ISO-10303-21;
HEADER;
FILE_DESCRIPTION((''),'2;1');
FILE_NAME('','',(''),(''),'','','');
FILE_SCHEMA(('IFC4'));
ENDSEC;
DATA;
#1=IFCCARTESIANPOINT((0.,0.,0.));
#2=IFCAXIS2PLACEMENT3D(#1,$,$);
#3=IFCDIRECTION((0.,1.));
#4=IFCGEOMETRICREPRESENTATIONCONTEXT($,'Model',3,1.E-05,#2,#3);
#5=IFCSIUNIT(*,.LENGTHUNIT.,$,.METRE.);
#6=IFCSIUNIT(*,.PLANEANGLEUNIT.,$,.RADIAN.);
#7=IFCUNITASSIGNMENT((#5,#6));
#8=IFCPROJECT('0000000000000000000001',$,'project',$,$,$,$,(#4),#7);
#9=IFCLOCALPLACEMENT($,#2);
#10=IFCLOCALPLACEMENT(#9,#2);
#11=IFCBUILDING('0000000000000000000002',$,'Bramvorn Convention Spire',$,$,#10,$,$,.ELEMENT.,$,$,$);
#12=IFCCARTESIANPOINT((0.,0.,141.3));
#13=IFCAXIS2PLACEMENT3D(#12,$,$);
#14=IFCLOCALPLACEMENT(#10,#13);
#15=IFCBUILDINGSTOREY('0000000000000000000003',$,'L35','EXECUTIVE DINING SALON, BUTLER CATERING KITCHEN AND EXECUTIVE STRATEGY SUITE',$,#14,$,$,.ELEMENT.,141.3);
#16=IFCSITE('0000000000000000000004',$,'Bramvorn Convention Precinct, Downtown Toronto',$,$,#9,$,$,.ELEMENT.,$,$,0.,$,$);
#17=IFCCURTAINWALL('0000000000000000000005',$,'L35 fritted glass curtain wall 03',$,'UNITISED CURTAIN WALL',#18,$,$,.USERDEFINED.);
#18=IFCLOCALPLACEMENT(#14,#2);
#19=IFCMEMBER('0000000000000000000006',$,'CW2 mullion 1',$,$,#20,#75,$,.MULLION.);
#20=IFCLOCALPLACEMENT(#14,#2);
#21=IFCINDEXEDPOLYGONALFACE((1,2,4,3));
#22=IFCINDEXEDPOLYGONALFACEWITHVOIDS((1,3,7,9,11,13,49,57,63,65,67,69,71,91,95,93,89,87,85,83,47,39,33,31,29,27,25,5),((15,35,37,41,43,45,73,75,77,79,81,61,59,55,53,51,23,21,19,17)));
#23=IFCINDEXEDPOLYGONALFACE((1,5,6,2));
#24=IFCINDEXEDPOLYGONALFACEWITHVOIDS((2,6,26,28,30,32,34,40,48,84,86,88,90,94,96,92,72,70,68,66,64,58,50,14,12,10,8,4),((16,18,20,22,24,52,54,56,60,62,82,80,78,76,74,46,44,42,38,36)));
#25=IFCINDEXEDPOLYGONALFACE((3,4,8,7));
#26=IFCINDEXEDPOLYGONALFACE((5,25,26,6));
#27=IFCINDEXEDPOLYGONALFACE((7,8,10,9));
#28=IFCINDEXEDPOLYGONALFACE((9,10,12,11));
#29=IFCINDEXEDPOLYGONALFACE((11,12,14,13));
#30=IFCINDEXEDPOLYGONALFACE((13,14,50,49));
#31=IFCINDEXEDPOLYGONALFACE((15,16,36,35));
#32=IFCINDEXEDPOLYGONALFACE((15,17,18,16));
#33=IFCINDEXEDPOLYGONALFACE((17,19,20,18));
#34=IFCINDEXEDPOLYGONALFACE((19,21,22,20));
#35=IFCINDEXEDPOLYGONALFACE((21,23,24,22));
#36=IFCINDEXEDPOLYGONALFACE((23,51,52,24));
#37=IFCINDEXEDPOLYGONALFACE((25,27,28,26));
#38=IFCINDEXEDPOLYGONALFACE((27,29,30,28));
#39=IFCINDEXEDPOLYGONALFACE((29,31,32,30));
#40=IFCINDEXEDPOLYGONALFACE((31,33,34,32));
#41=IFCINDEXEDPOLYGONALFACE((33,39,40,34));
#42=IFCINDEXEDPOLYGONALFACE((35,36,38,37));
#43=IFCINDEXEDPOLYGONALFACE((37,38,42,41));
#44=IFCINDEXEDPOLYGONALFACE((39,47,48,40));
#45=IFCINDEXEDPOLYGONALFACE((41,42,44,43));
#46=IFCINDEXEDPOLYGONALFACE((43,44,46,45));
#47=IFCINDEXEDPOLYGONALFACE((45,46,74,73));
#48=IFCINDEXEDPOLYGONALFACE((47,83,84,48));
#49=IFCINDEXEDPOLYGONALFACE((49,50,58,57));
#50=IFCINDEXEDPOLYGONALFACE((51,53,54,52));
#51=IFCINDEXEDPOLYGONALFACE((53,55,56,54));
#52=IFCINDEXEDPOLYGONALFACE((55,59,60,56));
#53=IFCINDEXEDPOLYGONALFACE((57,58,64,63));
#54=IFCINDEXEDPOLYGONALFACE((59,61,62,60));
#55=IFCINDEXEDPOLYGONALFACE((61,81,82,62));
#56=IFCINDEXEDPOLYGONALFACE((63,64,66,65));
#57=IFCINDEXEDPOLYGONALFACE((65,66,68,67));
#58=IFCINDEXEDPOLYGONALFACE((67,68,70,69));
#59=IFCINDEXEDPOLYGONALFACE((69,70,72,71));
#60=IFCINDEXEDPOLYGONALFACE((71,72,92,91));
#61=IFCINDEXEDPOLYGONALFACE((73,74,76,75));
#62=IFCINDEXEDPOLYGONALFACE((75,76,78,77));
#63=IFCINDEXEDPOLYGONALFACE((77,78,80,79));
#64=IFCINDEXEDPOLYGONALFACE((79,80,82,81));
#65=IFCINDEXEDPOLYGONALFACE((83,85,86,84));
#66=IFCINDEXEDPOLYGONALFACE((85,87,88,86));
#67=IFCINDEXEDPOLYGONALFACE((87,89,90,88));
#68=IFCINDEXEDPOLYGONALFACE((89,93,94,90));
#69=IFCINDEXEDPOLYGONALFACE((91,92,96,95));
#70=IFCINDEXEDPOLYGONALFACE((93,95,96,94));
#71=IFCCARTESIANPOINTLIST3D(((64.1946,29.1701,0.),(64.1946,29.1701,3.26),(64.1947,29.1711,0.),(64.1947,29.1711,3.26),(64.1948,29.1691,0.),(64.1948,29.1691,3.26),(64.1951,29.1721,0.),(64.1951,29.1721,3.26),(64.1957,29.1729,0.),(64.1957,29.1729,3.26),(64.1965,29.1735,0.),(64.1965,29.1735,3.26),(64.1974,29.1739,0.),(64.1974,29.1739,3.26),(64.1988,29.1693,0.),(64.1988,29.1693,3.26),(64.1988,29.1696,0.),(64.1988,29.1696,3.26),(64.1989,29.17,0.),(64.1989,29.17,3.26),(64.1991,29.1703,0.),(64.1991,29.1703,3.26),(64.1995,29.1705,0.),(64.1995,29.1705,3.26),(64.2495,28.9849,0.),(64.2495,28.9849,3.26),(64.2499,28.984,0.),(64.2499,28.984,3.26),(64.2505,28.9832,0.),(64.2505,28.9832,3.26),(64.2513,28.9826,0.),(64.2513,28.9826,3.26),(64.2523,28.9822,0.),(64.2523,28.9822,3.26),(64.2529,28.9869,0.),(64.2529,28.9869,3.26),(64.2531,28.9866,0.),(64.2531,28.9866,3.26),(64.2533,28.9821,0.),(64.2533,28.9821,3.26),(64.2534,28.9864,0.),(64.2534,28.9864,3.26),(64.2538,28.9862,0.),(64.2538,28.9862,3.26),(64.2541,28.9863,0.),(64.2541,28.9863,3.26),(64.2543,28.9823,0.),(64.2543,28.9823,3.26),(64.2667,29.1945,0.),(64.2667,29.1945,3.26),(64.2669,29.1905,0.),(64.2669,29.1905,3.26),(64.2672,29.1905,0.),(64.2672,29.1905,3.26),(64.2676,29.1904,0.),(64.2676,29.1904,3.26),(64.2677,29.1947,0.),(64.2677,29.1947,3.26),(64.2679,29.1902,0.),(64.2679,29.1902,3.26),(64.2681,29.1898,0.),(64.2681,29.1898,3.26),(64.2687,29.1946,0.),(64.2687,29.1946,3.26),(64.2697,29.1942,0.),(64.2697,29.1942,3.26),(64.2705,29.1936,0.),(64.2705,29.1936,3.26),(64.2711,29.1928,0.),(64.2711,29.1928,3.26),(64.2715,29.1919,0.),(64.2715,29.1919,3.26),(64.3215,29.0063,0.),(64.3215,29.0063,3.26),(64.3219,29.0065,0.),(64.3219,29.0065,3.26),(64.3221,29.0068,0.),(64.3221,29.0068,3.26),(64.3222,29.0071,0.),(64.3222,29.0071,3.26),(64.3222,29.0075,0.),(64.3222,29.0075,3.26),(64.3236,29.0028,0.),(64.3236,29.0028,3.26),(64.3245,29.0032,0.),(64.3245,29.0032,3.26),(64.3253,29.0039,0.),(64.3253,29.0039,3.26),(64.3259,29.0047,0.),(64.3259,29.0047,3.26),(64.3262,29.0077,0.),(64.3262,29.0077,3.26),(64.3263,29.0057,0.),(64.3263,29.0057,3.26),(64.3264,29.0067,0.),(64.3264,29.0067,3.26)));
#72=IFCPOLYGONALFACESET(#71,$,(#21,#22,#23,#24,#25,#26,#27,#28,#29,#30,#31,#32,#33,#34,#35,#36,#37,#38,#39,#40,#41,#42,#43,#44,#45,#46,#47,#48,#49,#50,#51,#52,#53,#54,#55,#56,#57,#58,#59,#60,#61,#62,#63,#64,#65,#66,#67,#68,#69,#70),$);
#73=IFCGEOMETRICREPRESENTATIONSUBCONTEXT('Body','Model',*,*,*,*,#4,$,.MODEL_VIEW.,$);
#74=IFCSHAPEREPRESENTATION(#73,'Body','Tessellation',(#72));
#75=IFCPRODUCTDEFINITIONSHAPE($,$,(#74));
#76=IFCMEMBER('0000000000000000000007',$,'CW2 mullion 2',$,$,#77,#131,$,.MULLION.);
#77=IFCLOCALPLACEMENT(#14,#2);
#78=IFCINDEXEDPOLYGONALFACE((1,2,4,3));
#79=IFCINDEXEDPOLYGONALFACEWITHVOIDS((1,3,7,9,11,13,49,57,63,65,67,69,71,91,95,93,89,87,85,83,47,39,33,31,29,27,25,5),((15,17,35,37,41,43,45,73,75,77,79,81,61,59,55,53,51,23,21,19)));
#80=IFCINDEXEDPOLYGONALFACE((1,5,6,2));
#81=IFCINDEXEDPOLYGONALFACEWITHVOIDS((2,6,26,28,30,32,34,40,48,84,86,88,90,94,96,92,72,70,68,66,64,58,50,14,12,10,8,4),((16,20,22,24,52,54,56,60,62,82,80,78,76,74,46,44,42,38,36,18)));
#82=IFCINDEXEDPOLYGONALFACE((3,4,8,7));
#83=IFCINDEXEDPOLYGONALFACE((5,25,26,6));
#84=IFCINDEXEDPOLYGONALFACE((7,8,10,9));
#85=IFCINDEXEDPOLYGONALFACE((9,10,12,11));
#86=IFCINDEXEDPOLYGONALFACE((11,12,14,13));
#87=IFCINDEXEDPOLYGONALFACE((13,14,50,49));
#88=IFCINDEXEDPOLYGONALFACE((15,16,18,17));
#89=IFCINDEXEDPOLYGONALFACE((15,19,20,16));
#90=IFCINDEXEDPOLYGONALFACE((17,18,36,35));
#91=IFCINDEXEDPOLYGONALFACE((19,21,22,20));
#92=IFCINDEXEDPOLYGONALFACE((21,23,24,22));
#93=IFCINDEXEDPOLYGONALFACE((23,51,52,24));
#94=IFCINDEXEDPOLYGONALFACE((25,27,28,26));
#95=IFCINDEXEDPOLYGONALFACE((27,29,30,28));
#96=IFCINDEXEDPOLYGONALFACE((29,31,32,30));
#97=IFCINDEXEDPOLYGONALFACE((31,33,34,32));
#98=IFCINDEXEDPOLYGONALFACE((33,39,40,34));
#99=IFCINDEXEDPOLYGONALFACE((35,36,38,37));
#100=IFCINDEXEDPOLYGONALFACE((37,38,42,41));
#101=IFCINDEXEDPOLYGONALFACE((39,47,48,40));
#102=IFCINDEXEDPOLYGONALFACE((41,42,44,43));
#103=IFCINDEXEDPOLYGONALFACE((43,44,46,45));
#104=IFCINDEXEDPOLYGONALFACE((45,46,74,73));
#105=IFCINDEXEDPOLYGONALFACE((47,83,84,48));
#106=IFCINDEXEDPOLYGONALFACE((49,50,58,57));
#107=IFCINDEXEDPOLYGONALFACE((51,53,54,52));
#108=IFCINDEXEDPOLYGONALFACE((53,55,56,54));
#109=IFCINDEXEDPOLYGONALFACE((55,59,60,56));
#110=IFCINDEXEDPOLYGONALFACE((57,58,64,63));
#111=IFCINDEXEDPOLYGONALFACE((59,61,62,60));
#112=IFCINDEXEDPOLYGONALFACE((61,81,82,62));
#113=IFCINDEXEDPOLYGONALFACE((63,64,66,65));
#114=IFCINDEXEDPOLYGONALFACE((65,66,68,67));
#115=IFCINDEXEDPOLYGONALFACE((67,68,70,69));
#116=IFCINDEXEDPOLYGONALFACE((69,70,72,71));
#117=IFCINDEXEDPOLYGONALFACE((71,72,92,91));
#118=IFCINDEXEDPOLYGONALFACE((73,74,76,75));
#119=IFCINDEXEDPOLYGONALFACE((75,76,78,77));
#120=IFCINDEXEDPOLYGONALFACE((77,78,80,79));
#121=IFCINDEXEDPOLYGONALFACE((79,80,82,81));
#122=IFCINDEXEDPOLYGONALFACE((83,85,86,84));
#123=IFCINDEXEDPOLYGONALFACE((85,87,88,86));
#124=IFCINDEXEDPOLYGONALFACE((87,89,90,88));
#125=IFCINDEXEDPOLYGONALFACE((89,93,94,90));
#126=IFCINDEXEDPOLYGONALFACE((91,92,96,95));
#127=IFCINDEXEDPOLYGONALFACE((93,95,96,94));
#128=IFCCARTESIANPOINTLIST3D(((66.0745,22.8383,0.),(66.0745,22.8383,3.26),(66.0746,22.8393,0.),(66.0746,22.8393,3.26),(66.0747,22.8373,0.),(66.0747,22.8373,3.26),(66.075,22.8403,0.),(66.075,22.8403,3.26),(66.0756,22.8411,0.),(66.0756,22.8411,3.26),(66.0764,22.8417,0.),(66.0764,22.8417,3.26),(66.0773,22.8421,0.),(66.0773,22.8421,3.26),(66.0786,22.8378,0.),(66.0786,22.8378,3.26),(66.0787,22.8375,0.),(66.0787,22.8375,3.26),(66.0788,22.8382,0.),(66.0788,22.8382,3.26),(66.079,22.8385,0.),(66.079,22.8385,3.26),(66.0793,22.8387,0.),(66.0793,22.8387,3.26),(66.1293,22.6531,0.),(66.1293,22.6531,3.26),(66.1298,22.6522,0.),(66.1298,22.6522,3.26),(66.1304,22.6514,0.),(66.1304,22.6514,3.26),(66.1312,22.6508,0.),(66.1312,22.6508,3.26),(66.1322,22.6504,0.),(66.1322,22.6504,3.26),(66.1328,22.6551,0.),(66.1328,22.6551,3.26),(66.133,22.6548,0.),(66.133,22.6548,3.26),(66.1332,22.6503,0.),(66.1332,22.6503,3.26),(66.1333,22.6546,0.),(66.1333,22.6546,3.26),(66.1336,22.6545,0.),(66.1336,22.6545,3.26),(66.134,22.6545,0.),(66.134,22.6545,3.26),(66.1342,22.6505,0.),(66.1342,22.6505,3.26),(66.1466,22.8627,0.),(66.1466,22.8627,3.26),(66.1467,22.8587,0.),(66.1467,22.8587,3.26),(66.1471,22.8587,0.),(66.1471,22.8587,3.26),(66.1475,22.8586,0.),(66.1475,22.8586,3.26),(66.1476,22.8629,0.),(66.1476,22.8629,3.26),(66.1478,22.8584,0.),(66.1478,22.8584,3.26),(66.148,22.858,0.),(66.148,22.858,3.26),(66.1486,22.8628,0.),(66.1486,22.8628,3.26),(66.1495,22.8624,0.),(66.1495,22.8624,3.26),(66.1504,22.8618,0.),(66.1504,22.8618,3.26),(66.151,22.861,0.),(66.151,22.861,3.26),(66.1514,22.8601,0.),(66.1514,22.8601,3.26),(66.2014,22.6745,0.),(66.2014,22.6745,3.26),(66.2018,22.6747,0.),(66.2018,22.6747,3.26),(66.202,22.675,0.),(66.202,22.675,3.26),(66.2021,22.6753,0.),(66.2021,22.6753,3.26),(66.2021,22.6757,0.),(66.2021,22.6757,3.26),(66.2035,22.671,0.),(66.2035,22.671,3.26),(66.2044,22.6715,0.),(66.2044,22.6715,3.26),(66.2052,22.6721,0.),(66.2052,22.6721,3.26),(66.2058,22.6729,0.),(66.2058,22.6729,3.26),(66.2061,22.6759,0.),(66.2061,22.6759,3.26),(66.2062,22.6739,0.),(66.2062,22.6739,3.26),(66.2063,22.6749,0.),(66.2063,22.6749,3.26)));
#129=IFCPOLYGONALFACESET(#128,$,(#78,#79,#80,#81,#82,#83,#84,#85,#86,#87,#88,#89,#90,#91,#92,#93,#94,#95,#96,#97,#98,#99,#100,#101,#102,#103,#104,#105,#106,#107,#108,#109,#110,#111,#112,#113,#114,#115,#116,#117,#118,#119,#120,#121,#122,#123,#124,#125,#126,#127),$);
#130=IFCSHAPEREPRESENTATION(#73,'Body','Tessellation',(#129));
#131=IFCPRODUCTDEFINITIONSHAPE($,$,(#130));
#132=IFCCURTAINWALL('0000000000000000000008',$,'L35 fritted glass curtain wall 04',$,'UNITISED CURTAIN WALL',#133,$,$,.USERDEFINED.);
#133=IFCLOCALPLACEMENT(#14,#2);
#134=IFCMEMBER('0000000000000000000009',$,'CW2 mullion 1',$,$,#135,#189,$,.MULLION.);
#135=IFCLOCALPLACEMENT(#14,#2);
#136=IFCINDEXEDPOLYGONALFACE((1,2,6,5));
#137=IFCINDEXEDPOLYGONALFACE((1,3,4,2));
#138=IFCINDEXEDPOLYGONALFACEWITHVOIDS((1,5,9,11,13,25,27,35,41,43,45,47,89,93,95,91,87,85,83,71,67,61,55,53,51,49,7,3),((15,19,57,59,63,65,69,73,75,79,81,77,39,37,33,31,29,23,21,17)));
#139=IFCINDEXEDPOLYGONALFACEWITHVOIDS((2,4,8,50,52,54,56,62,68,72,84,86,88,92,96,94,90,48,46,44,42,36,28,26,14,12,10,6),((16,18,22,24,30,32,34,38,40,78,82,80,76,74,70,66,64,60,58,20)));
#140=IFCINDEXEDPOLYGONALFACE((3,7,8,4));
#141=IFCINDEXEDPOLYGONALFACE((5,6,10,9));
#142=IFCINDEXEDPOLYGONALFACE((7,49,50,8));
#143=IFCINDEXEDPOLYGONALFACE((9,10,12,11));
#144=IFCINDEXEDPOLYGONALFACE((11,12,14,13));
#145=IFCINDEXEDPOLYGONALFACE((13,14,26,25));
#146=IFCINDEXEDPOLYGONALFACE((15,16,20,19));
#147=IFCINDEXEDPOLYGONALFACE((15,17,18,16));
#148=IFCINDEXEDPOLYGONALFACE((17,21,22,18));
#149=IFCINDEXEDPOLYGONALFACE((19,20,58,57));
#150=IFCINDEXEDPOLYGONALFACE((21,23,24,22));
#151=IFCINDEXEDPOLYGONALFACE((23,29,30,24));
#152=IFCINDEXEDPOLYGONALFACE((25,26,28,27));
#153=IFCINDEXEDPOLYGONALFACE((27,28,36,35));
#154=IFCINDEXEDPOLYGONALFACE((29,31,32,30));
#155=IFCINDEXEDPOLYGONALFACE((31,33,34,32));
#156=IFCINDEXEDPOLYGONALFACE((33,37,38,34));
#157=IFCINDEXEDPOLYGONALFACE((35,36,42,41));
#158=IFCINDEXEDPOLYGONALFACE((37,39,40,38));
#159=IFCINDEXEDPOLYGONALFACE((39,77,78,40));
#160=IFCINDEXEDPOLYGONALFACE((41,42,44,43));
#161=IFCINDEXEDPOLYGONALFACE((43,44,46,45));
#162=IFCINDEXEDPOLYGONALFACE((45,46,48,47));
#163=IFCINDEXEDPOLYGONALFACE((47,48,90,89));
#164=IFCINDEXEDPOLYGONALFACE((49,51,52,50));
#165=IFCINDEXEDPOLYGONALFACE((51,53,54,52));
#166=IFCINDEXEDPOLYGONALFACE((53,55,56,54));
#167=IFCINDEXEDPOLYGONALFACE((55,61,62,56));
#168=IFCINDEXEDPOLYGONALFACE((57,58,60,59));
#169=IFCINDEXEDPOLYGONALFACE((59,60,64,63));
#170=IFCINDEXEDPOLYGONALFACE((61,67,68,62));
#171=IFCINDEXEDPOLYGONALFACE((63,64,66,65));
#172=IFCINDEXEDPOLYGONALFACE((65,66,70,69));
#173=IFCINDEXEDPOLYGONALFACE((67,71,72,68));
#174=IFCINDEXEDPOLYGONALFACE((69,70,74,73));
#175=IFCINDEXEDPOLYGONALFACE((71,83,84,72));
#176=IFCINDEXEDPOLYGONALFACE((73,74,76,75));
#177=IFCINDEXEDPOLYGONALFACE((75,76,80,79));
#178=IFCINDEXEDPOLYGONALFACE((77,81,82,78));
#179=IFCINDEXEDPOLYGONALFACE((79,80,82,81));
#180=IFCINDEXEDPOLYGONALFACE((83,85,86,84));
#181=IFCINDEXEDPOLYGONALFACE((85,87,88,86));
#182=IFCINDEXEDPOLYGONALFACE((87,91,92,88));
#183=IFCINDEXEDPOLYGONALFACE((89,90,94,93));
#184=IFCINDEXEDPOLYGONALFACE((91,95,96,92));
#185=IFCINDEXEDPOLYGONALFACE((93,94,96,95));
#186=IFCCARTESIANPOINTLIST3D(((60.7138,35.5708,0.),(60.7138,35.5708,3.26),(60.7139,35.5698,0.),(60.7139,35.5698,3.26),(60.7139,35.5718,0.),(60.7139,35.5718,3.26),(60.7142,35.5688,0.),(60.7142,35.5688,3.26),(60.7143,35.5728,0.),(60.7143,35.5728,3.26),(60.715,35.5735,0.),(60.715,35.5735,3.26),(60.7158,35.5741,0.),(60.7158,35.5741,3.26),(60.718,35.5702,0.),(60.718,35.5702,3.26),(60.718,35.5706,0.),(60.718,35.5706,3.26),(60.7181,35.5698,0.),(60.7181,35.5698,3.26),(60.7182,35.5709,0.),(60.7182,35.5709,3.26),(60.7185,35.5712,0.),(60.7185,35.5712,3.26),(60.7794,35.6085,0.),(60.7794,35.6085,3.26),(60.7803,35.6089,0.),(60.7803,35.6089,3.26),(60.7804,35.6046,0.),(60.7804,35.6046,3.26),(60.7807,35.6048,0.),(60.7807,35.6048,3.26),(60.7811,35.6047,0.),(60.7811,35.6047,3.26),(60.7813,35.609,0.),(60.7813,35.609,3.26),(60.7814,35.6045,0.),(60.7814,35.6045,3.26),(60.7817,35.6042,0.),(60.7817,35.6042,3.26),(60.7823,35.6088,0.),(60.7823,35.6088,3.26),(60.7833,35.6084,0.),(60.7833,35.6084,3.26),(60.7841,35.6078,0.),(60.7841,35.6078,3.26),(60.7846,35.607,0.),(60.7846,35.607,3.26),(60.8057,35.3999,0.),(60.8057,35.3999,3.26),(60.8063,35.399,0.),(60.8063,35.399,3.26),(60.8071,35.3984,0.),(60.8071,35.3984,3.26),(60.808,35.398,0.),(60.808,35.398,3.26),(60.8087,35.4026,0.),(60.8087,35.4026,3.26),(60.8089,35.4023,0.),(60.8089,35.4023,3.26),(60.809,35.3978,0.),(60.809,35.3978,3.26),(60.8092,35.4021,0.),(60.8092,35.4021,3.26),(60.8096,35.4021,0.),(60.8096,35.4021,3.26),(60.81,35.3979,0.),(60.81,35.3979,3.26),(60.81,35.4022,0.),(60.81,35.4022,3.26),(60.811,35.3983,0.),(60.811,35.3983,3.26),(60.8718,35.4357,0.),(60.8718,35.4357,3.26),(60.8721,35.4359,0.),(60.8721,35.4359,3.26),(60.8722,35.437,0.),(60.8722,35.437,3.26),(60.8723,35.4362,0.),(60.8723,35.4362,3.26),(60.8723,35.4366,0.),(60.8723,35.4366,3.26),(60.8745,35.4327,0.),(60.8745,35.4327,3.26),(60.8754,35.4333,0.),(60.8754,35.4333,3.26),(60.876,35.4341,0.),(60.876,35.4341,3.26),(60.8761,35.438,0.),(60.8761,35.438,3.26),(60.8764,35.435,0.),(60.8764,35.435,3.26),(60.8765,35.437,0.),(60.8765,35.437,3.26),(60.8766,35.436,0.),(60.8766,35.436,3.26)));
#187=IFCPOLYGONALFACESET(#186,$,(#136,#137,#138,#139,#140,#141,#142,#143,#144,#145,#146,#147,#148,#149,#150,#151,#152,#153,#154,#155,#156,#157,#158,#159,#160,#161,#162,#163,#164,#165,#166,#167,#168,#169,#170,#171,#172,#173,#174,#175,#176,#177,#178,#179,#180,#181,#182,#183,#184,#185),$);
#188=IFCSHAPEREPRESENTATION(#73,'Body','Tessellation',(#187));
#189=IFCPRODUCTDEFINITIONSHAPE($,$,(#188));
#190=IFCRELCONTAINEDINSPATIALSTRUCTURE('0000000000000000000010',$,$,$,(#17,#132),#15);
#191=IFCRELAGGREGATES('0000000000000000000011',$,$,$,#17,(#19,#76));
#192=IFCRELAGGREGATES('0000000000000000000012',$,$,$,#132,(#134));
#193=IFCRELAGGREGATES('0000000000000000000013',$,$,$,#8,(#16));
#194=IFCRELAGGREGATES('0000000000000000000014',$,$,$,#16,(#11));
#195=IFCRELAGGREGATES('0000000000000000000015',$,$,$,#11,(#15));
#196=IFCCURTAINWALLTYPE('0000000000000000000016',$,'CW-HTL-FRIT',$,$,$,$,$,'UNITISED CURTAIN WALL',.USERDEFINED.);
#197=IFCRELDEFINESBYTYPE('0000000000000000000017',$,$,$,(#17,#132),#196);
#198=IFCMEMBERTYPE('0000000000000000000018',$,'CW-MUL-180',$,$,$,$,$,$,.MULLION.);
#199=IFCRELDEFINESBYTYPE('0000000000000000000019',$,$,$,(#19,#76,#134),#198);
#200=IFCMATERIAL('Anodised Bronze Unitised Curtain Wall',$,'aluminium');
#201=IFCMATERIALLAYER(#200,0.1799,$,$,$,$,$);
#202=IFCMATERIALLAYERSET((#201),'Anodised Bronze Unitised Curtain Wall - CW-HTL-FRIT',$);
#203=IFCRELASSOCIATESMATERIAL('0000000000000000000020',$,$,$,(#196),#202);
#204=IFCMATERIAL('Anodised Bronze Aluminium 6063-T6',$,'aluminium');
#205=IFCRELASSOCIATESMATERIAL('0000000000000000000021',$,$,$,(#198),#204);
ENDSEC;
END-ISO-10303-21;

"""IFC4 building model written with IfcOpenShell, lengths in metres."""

from ifc_helpers import new_model, si_unit, direction, frame, origin, origin_2d, place, context, subcontext, project, spatial, hollow_rectangle, extrude, material, layer, layer_set, material_profile, profile_set, type_object, element, aggregate, save


model = new_model("IFC4")

# Units and contexts
model_context = context("Model", 3, precision=1e-05, world=origin(), true_north=direction((0.0, 1.0)))
body_context = subcontext(model_context, "Body", "Model", "MODEL_VIEW")
ifc_project = project(units=[si_unit("LENGTHUNIT", "METRE"), si_unit("PLANEANGLEUNIT", "RADIAN")], contexts=[model_context])

# Site, building, storey
site_placement = place(None, origin())
site = spatial("IfcSite", under=ifc_project, at=site_placement, Name="Bramvorn Convention Precinct, Downtown Toronto", CompositionType="ELEMENT", RefElevation=0.0)
building_placement = place(site_placement, origin())
building = spatial("IfcBuilding", under=site, at=building_placement, Name="Bramvorn Convention Spire", CompositionType="ELEMENT")
storey_placement = place(building_placement, frame((0.0, 0.0, 141.3)))
storey = spatial("IfcBuildingStorey", under=building, at=storey_placement, Name="L35", Description="EXECUTIVE DINING SALON, BUTLER CATERING KITCHEN AND EXECUTIVE STRATEGY SUITE", CompositionType="ELEMENT", Elevation=141.3)

# Curtain walls, members
ifc_material_1 = material(Name="Anodised Bronze Unitised Curtain Wall", Category="aluminium")
ifc_layer_1 = layer(ifc_material_1, 0.1799)
ifc_layer_set_1 = layer_set([ifc_layer_1], Name="Anodised Bronze Unitised Curtain Wall - CW-HTL-FRIT")
curtain_wall_type = type_object("IfcCurtainWallType", Name="CW-HTL-FRIT", ElementType="UNITISED CURTAIN WALL", PredefinedType="USERDEFINED", material=ifc_layer_set_1)
curtain_wall_1_placement = place(storey_placement, origin())
curtain_wall_1 = element("IfcCurtainWall", 1, at=curtain_wall_1_placement, inside=storey, type_object=curtain_wall_type, Name="L35 fritted glass curtain wall 03", ObjectType="UNITISED CURTAIN WALL", PredefinedType="USERDEFINED")
ifc_material_2 = material(Name="Anodised Bronze Aluminium 6063-T6", Category="aluminium")
ifc_material_profile_1 = material_profile(ifc_material_2, hollow_rectangle(XDim=0.0801, YDim=0.2, WallThickness=0.0039, InnerFilletRadius=0.001, OuterFilletRadius=0.0039, at=origin_2d()))
ifc_profile_set_1 = profile_set([ifc_material_profile_1], Name="Anodised Bronze Aluminium 6063-T6 - CWM80X200")
member_type_1 = type_object("IfcMemberType", Name="CW-MUL-180", PredefinedType="MULLION", material=ifc_profile_set_1)
member_1_placement = place(storey_placement, frame((64.2605, 29.0884, 0.0), z_axis=(0.0, 0.0, 1.0), x_axis=(0.958637, 0.284632, 0.0)))
member_1 = element("IfcMember", 2, at=member_1_placement, type_object=member_type_1, Name="CW2 mullion 1", PredefinedType="MULLION", context=body_context, shape_type="SweptSolid", body=[
    extrude(hollow_rectangle(XDim=0.0801, YDim=0.2, WallThickness=0.0039, InnerFilletRadius=0.001, OuterFilletRadius=0.0039, at=origin_2d()), origin(), (0.0, 0.0, 1.0), 3.26),
])
member_2_placement = place(storey_placement, frame((66.1404, 22.7566, 0.0), z_axis=(0.0, 0.0, 1.0), x_axis=(0.958637, 0.284632, 0.0)))
member_2 = element("IfcMember", 3, at=member_2_placement, type_object=member_type_1, Name="CW2 mullion 2", PredefinedType="MULLION", context=body_context, shape_type="SweptSolid", body=[
    extrude(hollow_rectangle(XDim=0.0801, YDim=0.2, WallThickness=0.0039, InnerFilletRadius=0.001, OuterFilletRadius=0.0039, at=origin_2d()), origin(), (0.0, 0.0, 1.0), 3.26),
])
curtain_wall_2_placement = place(storey_placement, origin())
curtain_wall_2 = element("IfcCurtainWall", 4, at=curtain_wall_2_placement, inside=storey, type_object=curtain_wall_type, Name="L35 fritted glass curtain wall 04", ObjectType="UNITISED CURTAIN WALL", PredefinedType="USERDEFINED")
member_3_placement = place(storey_placement, frame((60.7952, 35.5034, 0.0), z_axis=(0.0, 0.0, 1.0), x_axis=(0.879444, 0.476003, 0.0)))
member_3 = element("IfcMember", 5, at=member_3_placement, type_object=member_type_1, Name="CW2 mullion 1", PredefinedType="MULLION", context=body_context, shape_type="SweptSolid", body=[
    extrude(hollow_rectangle(XDim=0.0801, YDim=0.2, WallThickness=0.0039, InnerFilletRadius=0.001, OuterFilletRadius=0.0039, at=origin_2d()), origin(), (0.0, 0.0, 1.0), 3.26),
])

aggregate(curtain_wall_1, [member_1, member_2])
aggregate(curtain_wall_2, [member_3])

save(model, "model.ifc")
